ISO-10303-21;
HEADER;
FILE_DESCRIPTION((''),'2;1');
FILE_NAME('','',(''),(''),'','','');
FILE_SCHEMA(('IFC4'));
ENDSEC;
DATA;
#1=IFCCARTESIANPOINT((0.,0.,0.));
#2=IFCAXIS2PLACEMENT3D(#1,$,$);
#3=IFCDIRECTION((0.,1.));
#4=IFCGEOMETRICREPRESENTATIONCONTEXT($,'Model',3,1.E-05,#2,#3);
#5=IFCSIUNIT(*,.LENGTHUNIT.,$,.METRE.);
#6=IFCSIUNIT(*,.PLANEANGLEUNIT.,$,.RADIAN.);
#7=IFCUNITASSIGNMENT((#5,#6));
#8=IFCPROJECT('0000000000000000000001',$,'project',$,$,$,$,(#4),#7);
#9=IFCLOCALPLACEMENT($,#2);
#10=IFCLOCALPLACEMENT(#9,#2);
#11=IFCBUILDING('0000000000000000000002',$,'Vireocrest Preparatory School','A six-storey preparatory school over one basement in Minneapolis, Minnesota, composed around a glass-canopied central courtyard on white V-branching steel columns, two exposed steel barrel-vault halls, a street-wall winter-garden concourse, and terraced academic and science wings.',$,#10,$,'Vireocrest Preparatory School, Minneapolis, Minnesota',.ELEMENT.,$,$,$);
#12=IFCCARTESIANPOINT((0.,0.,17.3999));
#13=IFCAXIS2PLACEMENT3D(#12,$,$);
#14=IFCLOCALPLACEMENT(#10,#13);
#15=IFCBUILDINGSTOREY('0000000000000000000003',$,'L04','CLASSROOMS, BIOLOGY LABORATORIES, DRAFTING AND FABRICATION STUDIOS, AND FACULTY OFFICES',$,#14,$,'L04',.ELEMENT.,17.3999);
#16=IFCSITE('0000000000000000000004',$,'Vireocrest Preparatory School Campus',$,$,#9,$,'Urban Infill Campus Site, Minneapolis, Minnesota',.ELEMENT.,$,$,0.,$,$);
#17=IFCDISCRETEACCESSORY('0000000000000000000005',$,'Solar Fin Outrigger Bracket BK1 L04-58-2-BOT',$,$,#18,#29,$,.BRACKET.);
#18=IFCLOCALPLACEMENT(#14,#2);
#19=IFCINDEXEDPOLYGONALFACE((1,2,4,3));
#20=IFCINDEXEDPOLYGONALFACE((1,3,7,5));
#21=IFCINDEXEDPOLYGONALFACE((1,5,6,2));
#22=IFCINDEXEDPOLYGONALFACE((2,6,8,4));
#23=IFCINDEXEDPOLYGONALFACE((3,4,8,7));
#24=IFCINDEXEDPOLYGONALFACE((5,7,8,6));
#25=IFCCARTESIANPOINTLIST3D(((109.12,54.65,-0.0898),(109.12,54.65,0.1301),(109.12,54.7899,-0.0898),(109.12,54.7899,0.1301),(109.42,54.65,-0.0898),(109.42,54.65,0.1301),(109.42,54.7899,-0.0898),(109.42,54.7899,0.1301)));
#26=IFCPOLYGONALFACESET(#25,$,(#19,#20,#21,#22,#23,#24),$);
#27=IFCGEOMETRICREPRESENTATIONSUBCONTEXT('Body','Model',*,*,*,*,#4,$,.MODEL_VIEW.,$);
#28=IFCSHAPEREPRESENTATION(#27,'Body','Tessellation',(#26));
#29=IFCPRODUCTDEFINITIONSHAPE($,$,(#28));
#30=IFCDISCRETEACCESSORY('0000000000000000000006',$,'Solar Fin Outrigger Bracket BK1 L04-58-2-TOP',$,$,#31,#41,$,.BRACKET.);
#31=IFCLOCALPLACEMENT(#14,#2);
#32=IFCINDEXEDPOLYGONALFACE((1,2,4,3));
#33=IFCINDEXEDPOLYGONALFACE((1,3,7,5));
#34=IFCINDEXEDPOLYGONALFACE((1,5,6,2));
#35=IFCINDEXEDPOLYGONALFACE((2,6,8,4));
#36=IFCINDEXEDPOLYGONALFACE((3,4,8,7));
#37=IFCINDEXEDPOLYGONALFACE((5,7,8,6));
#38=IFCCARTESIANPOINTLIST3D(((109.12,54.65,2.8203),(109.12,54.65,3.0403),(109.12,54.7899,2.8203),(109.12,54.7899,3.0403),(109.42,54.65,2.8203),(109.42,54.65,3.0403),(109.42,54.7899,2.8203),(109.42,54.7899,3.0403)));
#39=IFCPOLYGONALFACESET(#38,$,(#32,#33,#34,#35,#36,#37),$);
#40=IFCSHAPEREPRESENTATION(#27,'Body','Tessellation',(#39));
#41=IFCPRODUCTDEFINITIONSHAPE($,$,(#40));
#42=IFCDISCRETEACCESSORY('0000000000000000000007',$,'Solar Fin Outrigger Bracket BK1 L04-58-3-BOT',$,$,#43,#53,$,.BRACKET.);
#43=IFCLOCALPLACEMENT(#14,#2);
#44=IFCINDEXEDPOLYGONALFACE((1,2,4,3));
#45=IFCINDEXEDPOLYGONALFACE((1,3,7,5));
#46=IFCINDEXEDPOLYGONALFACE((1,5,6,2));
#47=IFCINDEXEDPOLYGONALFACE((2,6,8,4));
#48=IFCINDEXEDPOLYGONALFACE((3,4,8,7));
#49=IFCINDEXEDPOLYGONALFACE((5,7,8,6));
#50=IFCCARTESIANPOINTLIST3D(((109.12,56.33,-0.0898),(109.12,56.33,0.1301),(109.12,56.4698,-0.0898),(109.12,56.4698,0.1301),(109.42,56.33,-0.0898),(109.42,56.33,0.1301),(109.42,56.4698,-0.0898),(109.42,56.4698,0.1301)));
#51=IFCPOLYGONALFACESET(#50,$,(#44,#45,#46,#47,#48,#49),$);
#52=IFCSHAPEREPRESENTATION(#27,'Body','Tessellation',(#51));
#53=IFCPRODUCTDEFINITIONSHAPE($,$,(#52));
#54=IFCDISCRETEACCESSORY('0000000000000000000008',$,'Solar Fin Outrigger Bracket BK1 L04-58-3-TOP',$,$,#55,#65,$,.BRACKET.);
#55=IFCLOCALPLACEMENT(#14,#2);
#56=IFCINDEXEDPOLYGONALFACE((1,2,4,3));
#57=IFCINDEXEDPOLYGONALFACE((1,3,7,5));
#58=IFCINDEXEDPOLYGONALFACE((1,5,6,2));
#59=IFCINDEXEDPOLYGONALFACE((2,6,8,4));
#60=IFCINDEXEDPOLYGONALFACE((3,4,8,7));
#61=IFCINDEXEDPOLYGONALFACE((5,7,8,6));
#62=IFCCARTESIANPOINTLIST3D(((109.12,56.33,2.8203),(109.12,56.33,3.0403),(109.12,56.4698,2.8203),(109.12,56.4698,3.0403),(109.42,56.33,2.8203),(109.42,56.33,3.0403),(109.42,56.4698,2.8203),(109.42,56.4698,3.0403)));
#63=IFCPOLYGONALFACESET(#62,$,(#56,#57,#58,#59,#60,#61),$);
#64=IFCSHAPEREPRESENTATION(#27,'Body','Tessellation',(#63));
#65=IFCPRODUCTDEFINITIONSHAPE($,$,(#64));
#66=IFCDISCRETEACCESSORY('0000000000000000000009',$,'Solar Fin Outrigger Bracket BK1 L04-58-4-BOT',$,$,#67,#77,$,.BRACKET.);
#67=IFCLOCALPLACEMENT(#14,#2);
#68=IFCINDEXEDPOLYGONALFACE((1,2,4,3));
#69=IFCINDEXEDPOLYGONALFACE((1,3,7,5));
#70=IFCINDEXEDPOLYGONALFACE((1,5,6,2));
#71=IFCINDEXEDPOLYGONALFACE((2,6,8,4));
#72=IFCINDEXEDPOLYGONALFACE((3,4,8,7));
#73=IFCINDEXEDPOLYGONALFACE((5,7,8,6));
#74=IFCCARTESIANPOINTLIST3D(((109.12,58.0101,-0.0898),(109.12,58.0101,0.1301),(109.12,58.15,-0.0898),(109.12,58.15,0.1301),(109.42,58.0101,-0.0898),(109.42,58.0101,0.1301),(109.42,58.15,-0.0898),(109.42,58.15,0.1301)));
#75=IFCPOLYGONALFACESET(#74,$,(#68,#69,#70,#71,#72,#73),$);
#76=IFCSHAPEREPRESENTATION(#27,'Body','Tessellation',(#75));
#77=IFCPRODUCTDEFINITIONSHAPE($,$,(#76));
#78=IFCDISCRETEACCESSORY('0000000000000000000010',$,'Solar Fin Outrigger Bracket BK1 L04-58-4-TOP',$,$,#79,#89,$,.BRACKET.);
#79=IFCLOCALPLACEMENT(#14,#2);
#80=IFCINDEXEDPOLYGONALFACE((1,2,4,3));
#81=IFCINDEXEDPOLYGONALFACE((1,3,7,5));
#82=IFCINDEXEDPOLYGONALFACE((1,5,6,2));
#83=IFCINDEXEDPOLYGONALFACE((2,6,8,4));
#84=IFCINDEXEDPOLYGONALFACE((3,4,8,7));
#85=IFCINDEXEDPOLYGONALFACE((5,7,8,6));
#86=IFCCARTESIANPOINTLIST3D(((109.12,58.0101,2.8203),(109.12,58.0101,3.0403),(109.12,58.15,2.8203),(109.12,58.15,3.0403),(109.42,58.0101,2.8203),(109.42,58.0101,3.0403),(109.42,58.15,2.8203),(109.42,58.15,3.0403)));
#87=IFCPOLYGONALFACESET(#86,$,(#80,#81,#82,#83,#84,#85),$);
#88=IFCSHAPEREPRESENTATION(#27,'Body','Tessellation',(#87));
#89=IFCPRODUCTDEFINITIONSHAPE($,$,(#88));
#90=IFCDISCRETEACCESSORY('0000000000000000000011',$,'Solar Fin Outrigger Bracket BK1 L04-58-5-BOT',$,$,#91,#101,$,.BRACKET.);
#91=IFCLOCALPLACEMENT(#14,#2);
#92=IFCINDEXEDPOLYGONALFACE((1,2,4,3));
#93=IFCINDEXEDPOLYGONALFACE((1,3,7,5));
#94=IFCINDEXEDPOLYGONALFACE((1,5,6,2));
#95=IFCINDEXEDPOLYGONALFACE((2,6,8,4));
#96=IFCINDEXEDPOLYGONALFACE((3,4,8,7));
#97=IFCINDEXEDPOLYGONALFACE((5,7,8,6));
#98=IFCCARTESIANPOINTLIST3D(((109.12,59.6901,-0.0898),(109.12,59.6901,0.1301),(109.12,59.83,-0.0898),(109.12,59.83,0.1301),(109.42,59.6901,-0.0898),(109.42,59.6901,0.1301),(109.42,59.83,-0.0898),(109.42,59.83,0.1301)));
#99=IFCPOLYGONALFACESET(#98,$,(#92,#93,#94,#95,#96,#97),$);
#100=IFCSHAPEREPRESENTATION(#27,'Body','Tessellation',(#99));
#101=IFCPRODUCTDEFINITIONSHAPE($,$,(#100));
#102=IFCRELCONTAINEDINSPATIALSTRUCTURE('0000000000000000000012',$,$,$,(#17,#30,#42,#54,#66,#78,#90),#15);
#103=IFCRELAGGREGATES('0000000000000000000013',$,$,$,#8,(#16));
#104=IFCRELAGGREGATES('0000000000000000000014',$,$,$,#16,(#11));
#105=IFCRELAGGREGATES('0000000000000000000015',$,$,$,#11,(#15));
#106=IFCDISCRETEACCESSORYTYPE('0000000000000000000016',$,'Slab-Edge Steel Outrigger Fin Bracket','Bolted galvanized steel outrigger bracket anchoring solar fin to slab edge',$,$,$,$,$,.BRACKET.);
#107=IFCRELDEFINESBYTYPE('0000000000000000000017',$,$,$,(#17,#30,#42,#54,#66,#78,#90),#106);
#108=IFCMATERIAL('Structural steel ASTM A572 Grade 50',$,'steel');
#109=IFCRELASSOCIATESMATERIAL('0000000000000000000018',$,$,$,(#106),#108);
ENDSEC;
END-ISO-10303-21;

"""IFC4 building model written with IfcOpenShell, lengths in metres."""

from ifc_helpers import new_model, si_unit, direction, frame, origin, origin_2d, place, context, subcontext, project, spatial, rectangle, extrude, material, type_object, element, save


model = new_model("IFC4")

# Units and contexts
model_context = context("Model", 3, precision=1e-05, world=origin(), true_north=direction((0.0, 1.0)))
body_context = subcontext(model_context, "Body", "Model", "MODEL_VIEW")
ifc_project = project(units=[si_unit("LENGTHUNIT", "METRE"), si_unit("PLANEANGLEUNIT", "RADIAN")], contexts=[model_context])

# Site, building, storey
site_placement = place(None, origin())
site = spatial("IfcSite", under=ifc_project, at=site_placement, Name="Vireocrest Preparatory School Campus", LongName="Urban Infill Campus Site, Minneapolis, Minnesota", CompositionType="ELEMENT", RefElevation=0.0)
building_placement = place(site_placement, origin())
building = spatial("IfcBuilding", under=site, at=building_placement, Name="Vireocrest Preparatory School", Description="A six-storey preparatory school over one basement in Minneapolis, Minnesota, composed around a glass-canopied central courtyard on white V-branching steel columns, two exposed steel barrel-vault halls, a street-wall winter-garden concourse, and terraced academic and science wings.", LongName="Vireocrest Preparatory School, Minneapolis, Minnesota", CompositionType="ELEMENT")
storey_placement = place(building_placement, frame((0.0, 0.0, 17.3999)))
storey = spatial("IfcBuildingStorey", under=building, at=storey_placement, Name="L04", Description="CLASSROOMS, BIOLOGY LABORATORIES, DRAFTING AND FABRICATION STUDIOS, AND FACULTY OFFICES", LongName="L04", CompositionType="ELEMENT", Elevation=17.3999)

# Discrete accessories
ifc_material_1 = material(Name="Structural steel ASTM A572 Grade 50", Category="steel")
discrete_accessory_type = type_object("IfcDiscreteAccessoryType", Name="Slab-Edge Steel Outrigger Fin Bracket", Description="Bolted galvanized steel outrigger bracket anchoring solar fin to slab edge", PredefinedType="BRACKET", material=ifc_material_1)
for number, where, z_axis, x_axis, name in (
    (1, (109.27, 54.72, -0.0898), (0.0, 0.0, 1.0), (0.0, -1.0, 0.0), "Solar Fin Outrigger Bracket BK1 L04-58-2-BOT"),
    (2, (109.27, 54.72, 2.8203), (0.0, 0.0, 1.0), (0.0, -1.0, 0.0), "Solar Fin Outrigger Bracket BK1 L04-58-2-TOP"),
    (3, (109.27, 56.3999, -0.0898), (0.0, 0.0, 1.0), (0.0, -1.0, 0.0), "Solar Fin Outrigger Bracket BK1 L04-58-3-BOT"),
    (4, (109.27, 56.3999, 2.8203), (0.0, 0.0, 1.0), (0.0, -1.0, 0.0), "Solar Fin Outrigger Bracket BK1 L04-58-3-TOP"),
    (5, (109.27, 58.0801, -0.0898), (0.0, 0.0, 1.0), (0.0, -1.0, 0.0), "Solar Fin Outrigger Bracket BK1 L04-58-4-BOT"),
    (6, (109.27, 58.0801, 2.8203), (0.0, 0.0, 1.0), (0.0, -1.0, 0.0), "Solar Fin Outrigger Bracket BK1 L04-58-4-TOP"),
    (7, (109.27, 59.76, -0.0898), (0.0, 0.0, 1.0), (0.0, -1.0, 0.0), "Solar Fin Outrigger Bracket BK1 L04-58-5-BOT"),
):
    element("IfcDiscreteAccessory", number, at=place(storey_placement, frame(where, z_axis=z_axis, x_axis=x_axis)), inside=storey, type_object=discrete_accessory_type, Name=name, PredefinedType="BRACKET", context=body_context, shape_type="SweptSolid", body=[
        extrude(rectangle(XDim=0.1399, YDim=0.3, at=origin_2d()), origin(), (0.0, 0.0, 1.0), 0.22),
    ])

save(model, "model.ifc")
